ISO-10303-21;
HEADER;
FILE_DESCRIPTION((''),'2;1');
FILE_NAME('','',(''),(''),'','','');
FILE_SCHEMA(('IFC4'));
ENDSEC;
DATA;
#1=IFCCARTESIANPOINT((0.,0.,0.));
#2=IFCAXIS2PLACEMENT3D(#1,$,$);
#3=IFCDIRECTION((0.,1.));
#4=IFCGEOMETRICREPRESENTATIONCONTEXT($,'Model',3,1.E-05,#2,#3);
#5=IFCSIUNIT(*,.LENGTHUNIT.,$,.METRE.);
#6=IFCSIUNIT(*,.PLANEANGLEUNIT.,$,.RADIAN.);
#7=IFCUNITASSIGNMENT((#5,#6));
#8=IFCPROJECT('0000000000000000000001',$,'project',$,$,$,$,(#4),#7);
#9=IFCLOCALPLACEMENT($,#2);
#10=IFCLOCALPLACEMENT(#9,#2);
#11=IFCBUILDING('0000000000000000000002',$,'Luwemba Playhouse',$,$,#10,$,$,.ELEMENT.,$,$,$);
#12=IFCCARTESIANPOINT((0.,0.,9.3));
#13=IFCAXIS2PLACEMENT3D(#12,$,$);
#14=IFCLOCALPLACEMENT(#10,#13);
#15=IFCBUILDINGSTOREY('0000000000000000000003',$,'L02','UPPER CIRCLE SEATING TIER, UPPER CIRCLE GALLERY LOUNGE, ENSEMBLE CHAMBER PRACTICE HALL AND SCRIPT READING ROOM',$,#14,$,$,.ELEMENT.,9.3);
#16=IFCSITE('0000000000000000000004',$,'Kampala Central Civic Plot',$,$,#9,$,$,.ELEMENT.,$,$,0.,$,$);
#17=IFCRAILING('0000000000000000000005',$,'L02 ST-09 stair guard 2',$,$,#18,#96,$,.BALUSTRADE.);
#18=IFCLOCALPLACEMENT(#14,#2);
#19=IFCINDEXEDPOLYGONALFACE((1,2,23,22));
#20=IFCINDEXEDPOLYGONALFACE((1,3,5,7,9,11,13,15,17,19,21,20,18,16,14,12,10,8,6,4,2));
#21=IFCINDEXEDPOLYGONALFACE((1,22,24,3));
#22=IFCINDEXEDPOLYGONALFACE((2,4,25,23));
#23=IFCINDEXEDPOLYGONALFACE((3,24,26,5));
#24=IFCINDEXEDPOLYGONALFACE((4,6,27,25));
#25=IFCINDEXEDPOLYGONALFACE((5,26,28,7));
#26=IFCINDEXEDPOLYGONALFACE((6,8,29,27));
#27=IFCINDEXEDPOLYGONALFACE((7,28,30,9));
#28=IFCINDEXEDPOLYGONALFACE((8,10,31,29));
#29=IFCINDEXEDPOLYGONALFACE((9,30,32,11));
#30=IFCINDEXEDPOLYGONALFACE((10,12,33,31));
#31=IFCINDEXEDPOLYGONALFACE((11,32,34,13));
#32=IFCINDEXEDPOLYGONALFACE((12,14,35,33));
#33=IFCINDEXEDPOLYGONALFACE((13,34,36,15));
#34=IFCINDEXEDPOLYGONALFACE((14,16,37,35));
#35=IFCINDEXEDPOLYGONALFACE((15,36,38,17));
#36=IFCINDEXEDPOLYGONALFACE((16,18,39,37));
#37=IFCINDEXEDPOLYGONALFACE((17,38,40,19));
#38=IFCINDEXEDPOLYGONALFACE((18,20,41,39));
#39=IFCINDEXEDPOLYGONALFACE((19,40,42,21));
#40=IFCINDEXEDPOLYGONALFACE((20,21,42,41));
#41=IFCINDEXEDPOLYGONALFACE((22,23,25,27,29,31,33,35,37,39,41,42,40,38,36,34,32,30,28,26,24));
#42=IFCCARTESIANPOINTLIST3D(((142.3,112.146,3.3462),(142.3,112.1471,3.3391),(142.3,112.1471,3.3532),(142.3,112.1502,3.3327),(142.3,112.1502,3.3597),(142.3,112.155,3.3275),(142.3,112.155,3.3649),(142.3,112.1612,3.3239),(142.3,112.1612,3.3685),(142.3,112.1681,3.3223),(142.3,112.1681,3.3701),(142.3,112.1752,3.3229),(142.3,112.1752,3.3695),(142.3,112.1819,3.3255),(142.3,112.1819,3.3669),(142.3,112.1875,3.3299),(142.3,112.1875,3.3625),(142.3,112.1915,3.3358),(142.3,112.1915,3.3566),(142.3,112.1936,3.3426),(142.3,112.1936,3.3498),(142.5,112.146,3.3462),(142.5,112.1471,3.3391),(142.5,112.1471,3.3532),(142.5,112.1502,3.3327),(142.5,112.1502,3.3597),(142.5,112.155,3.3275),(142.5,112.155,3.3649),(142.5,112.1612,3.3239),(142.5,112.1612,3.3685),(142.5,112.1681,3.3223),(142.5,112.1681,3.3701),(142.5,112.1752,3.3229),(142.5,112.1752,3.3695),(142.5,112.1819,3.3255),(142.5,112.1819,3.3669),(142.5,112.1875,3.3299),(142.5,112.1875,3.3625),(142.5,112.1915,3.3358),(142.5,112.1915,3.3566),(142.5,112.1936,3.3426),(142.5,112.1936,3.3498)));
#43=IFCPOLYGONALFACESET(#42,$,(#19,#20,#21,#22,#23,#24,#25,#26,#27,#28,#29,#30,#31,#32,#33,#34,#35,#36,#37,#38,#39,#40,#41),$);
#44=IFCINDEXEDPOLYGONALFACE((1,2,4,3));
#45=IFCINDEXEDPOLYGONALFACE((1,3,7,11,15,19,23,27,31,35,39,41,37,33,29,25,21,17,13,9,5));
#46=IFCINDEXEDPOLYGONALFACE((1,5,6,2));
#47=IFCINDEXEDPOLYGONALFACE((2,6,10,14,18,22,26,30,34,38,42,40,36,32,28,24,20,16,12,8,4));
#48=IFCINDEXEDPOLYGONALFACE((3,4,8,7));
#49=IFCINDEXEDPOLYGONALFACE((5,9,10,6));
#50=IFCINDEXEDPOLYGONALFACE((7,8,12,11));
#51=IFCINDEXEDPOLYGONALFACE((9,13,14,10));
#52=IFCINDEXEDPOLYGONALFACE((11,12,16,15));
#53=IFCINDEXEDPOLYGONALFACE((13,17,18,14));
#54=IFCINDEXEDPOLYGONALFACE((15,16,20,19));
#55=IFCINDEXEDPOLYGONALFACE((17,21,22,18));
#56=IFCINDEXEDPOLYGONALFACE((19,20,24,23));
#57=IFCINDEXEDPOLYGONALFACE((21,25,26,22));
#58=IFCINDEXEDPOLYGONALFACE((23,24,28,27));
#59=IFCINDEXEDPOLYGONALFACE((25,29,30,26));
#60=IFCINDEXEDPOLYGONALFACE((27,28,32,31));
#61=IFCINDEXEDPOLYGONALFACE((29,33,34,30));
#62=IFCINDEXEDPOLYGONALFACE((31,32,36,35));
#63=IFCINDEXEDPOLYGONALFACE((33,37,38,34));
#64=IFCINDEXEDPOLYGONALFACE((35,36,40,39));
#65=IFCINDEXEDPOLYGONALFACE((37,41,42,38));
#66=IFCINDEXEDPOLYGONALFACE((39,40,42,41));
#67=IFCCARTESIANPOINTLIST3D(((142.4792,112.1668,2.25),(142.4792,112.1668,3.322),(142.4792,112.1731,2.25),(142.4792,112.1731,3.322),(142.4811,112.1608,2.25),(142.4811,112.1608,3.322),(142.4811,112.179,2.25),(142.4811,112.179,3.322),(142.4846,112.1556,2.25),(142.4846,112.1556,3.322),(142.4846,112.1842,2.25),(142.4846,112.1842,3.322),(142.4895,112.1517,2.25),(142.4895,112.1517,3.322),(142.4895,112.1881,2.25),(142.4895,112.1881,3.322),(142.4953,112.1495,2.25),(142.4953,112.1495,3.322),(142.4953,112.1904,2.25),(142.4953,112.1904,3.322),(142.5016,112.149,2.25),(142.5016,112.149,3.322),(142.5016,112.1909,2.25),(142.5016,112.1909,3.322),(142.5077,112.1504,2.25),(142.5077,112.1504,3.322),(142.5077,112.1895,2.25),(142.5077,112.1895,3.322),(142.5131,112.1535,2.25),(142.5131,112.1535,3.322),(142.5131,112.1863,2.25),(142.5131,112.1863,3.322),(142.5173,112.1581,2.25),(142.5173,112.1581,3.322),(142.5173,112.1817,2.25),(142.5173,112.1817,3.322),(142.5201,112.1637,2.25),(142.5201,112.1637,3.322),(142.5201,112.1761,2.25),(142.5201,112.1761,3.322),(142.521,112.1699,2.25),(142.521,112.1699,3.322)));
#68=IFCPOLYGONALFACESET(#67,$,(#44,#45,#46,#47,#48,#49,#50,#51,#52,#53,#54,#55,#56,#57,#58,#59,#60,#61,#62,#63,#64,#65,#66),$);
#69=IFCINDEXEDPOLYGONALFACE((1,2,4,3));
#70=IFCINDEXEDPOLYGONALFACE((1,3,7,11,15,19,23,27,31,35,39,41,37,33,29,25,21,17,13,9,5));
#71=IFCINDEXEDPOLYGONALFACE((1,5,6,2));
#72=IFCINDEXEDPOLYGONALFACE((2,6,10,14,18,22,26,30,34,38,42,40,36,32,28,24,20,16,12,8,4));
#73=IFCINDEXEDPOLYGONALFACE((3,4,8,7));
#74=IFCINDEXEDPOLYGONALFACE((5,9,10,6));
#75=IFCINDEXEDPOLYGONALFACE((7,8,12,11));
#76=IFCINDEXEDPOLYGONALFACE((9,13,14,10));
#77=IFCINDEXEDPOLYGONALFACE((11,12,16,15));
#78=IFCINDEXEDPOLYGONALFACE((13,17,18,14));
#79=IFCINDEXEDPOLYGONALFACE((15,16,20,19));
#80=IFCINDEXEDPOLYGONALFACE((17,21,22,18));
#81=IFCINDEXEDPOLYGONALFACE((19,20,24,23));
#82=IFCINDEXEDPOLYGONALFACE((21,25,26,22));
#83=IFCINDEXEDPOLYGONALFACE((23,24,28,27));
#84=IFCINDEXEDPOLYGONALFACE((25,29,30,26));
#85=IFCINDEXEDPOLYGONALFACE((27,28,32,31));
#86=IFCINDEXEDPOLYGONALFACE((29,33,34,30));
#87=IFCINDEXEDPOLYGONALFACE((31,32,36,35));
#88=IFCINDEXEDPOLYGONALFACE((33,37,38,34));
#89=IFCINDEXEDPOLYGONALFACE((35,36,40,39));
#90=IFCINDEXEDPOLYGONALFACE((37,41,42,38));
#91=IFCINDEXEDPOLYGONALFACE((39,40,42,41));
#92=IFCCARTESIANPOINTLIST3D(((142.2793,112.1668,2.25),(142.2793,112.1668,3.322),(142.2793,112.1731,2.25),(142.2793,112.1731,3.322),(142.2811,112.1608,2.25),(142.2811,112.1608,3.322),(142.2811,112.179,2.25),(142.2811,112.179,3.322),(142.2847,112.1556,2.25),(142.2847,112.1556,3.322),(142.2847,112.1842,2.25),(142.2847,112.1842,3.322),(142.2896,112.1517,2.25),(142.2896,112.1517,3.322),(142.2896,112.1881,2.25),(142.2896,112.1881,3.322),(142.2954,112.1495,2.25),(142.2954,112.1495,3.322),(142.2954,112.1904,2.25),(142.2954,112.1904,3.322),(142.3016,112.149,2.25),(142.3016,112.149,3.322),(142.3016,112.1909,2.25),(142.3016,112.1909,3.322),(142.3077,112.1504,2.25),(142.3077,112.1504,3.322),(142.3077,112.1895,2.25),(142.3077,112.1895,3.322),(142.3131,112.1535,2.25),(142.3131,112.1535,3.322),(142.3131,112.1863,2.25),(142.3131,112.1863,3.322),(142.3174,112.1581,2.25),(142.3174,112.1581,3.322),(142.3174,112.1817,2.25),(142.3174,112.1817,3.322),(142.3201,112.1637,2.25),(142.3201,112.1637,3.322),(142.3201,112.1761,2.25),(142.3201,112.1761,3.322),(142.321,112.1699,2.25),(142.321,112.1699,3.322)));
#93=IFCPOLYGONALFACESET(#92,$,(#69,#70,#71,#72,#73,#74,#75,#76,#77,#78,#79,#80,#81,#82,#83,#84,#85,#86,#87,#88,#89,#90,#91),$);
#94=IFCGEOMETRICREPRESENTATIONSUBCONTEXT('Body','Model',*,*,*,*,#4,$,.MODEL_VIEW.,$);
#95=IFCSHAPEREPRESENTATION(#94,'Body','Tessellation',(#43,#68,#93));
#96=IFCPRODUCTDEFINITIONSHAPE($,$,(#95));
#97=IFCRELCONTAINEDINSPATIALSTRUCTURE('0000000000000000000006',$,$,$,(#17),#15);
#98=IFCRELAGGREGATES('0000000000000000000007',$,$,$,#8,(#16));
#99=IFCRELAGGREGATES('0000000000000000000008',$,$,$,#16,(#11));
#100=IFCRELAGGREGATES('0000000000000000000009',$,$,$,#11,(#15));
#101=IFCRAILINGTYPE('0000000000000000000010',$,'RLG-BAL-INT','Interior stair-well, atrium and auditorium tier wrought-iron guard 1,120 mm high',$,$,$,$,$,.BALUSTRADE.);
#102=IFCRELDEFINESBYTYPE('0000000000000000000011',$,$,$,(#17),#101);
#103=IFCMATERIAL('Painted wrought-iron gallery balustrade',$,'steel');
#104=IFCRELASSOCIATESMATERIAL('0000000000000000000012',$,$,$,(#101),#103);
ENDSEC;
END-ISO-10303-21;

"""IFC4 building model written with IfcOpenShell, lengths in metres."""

from ifc_helpers import new_model, si_unit, direction, frame, origin, origin_2d, place, context, subcontext, project, spatial, circle, extrude, material, type_object, element, save


model = new_model("IFC4")

# Units and contexts
model_context = context("Model", 3, precision=1e-05, world=origin(), true_north=direction((0.0, 1.0)))
body_context = subcontext(model_context, "Body", "Model", "MODEL_VIEW")
ifc_project = project(units=[si_unit("LENGTHUNIT", "METRE"), si_unit("PLANEANGLEUNIT", "RADIAN")], contexts=[model_context])

# Site, building, storey
site_placement = place(None, origin())
site = spatial("IfcSite", under=ifc_project, at=site_placement, Name="Kampala Central Civic Plot", CompositionType="ELEMENT", RefElevation=0.0)
building_placement = place(site_placement, origin())
building = spatial("IfcBuilding", under=site, at=building_placement, Name="Luwemba Playhouse", CompositionType="ELEMENT")
storey_placement = place(building_placement, frame((0.0, 0.0, 9.3)))
storey = spatial("IfcBuildingStorey", under=building, at=storey_placement, Name="L02", Description="UPPER CIRCLE SEATING TIER, UPPER CIRCLE GALLERY LOUNGE, ENSEMBLE CHAMBER PRACTICE HALL AND SCRIPT READING ROOM", CompositionType="ELEMENT", Elevation=9.3)

# Railing
ifc_material_1 = material(Name="Painted wrought-iron gallery balustrade", Category="steel")
railing_type_1 = type_object("IfcRailingType", Name="RLG-BAL-INT", Description="Interior stair-well, atrium and auditorium tier wrought-iron guard 1,120 mm high", PredefinedType="BALUSTRADE", material=ifc_material_1)
railing_1_placement = place(storey_placement, frame((142.5, 112.1699, 2.25)))
element("IfcRailing", 1, at=railing_1_placement, inside=storey, type_object=railing_type_1, Name="L02 ST-09 stair guard 2", PredefinedType="BALUSTRADE", context=body_context, shape_type="SweptSolid", body=[
    extrude(circle(Radius=0.0239, at=origin_2d()), frame((0.0, 0.0, 1.0962), z_axis=(-1.0, 0.0, 0.0), x_axis=(0.0, -1.0, 0.0)), (0.0, 0.0, 1.0), 0.2),
    extrude(circle(Radius=0.021, at=origin_2d()), origin(), (0.0, 0.0, 1.0), 1.072),
    extrude(circle(Radius=0.021, at=origin_2d()), frame((-0.2, 0.0, 0.0)), (0.0, 0.0, 1.0), 1.072),
])

save(model, "model.ifc")
